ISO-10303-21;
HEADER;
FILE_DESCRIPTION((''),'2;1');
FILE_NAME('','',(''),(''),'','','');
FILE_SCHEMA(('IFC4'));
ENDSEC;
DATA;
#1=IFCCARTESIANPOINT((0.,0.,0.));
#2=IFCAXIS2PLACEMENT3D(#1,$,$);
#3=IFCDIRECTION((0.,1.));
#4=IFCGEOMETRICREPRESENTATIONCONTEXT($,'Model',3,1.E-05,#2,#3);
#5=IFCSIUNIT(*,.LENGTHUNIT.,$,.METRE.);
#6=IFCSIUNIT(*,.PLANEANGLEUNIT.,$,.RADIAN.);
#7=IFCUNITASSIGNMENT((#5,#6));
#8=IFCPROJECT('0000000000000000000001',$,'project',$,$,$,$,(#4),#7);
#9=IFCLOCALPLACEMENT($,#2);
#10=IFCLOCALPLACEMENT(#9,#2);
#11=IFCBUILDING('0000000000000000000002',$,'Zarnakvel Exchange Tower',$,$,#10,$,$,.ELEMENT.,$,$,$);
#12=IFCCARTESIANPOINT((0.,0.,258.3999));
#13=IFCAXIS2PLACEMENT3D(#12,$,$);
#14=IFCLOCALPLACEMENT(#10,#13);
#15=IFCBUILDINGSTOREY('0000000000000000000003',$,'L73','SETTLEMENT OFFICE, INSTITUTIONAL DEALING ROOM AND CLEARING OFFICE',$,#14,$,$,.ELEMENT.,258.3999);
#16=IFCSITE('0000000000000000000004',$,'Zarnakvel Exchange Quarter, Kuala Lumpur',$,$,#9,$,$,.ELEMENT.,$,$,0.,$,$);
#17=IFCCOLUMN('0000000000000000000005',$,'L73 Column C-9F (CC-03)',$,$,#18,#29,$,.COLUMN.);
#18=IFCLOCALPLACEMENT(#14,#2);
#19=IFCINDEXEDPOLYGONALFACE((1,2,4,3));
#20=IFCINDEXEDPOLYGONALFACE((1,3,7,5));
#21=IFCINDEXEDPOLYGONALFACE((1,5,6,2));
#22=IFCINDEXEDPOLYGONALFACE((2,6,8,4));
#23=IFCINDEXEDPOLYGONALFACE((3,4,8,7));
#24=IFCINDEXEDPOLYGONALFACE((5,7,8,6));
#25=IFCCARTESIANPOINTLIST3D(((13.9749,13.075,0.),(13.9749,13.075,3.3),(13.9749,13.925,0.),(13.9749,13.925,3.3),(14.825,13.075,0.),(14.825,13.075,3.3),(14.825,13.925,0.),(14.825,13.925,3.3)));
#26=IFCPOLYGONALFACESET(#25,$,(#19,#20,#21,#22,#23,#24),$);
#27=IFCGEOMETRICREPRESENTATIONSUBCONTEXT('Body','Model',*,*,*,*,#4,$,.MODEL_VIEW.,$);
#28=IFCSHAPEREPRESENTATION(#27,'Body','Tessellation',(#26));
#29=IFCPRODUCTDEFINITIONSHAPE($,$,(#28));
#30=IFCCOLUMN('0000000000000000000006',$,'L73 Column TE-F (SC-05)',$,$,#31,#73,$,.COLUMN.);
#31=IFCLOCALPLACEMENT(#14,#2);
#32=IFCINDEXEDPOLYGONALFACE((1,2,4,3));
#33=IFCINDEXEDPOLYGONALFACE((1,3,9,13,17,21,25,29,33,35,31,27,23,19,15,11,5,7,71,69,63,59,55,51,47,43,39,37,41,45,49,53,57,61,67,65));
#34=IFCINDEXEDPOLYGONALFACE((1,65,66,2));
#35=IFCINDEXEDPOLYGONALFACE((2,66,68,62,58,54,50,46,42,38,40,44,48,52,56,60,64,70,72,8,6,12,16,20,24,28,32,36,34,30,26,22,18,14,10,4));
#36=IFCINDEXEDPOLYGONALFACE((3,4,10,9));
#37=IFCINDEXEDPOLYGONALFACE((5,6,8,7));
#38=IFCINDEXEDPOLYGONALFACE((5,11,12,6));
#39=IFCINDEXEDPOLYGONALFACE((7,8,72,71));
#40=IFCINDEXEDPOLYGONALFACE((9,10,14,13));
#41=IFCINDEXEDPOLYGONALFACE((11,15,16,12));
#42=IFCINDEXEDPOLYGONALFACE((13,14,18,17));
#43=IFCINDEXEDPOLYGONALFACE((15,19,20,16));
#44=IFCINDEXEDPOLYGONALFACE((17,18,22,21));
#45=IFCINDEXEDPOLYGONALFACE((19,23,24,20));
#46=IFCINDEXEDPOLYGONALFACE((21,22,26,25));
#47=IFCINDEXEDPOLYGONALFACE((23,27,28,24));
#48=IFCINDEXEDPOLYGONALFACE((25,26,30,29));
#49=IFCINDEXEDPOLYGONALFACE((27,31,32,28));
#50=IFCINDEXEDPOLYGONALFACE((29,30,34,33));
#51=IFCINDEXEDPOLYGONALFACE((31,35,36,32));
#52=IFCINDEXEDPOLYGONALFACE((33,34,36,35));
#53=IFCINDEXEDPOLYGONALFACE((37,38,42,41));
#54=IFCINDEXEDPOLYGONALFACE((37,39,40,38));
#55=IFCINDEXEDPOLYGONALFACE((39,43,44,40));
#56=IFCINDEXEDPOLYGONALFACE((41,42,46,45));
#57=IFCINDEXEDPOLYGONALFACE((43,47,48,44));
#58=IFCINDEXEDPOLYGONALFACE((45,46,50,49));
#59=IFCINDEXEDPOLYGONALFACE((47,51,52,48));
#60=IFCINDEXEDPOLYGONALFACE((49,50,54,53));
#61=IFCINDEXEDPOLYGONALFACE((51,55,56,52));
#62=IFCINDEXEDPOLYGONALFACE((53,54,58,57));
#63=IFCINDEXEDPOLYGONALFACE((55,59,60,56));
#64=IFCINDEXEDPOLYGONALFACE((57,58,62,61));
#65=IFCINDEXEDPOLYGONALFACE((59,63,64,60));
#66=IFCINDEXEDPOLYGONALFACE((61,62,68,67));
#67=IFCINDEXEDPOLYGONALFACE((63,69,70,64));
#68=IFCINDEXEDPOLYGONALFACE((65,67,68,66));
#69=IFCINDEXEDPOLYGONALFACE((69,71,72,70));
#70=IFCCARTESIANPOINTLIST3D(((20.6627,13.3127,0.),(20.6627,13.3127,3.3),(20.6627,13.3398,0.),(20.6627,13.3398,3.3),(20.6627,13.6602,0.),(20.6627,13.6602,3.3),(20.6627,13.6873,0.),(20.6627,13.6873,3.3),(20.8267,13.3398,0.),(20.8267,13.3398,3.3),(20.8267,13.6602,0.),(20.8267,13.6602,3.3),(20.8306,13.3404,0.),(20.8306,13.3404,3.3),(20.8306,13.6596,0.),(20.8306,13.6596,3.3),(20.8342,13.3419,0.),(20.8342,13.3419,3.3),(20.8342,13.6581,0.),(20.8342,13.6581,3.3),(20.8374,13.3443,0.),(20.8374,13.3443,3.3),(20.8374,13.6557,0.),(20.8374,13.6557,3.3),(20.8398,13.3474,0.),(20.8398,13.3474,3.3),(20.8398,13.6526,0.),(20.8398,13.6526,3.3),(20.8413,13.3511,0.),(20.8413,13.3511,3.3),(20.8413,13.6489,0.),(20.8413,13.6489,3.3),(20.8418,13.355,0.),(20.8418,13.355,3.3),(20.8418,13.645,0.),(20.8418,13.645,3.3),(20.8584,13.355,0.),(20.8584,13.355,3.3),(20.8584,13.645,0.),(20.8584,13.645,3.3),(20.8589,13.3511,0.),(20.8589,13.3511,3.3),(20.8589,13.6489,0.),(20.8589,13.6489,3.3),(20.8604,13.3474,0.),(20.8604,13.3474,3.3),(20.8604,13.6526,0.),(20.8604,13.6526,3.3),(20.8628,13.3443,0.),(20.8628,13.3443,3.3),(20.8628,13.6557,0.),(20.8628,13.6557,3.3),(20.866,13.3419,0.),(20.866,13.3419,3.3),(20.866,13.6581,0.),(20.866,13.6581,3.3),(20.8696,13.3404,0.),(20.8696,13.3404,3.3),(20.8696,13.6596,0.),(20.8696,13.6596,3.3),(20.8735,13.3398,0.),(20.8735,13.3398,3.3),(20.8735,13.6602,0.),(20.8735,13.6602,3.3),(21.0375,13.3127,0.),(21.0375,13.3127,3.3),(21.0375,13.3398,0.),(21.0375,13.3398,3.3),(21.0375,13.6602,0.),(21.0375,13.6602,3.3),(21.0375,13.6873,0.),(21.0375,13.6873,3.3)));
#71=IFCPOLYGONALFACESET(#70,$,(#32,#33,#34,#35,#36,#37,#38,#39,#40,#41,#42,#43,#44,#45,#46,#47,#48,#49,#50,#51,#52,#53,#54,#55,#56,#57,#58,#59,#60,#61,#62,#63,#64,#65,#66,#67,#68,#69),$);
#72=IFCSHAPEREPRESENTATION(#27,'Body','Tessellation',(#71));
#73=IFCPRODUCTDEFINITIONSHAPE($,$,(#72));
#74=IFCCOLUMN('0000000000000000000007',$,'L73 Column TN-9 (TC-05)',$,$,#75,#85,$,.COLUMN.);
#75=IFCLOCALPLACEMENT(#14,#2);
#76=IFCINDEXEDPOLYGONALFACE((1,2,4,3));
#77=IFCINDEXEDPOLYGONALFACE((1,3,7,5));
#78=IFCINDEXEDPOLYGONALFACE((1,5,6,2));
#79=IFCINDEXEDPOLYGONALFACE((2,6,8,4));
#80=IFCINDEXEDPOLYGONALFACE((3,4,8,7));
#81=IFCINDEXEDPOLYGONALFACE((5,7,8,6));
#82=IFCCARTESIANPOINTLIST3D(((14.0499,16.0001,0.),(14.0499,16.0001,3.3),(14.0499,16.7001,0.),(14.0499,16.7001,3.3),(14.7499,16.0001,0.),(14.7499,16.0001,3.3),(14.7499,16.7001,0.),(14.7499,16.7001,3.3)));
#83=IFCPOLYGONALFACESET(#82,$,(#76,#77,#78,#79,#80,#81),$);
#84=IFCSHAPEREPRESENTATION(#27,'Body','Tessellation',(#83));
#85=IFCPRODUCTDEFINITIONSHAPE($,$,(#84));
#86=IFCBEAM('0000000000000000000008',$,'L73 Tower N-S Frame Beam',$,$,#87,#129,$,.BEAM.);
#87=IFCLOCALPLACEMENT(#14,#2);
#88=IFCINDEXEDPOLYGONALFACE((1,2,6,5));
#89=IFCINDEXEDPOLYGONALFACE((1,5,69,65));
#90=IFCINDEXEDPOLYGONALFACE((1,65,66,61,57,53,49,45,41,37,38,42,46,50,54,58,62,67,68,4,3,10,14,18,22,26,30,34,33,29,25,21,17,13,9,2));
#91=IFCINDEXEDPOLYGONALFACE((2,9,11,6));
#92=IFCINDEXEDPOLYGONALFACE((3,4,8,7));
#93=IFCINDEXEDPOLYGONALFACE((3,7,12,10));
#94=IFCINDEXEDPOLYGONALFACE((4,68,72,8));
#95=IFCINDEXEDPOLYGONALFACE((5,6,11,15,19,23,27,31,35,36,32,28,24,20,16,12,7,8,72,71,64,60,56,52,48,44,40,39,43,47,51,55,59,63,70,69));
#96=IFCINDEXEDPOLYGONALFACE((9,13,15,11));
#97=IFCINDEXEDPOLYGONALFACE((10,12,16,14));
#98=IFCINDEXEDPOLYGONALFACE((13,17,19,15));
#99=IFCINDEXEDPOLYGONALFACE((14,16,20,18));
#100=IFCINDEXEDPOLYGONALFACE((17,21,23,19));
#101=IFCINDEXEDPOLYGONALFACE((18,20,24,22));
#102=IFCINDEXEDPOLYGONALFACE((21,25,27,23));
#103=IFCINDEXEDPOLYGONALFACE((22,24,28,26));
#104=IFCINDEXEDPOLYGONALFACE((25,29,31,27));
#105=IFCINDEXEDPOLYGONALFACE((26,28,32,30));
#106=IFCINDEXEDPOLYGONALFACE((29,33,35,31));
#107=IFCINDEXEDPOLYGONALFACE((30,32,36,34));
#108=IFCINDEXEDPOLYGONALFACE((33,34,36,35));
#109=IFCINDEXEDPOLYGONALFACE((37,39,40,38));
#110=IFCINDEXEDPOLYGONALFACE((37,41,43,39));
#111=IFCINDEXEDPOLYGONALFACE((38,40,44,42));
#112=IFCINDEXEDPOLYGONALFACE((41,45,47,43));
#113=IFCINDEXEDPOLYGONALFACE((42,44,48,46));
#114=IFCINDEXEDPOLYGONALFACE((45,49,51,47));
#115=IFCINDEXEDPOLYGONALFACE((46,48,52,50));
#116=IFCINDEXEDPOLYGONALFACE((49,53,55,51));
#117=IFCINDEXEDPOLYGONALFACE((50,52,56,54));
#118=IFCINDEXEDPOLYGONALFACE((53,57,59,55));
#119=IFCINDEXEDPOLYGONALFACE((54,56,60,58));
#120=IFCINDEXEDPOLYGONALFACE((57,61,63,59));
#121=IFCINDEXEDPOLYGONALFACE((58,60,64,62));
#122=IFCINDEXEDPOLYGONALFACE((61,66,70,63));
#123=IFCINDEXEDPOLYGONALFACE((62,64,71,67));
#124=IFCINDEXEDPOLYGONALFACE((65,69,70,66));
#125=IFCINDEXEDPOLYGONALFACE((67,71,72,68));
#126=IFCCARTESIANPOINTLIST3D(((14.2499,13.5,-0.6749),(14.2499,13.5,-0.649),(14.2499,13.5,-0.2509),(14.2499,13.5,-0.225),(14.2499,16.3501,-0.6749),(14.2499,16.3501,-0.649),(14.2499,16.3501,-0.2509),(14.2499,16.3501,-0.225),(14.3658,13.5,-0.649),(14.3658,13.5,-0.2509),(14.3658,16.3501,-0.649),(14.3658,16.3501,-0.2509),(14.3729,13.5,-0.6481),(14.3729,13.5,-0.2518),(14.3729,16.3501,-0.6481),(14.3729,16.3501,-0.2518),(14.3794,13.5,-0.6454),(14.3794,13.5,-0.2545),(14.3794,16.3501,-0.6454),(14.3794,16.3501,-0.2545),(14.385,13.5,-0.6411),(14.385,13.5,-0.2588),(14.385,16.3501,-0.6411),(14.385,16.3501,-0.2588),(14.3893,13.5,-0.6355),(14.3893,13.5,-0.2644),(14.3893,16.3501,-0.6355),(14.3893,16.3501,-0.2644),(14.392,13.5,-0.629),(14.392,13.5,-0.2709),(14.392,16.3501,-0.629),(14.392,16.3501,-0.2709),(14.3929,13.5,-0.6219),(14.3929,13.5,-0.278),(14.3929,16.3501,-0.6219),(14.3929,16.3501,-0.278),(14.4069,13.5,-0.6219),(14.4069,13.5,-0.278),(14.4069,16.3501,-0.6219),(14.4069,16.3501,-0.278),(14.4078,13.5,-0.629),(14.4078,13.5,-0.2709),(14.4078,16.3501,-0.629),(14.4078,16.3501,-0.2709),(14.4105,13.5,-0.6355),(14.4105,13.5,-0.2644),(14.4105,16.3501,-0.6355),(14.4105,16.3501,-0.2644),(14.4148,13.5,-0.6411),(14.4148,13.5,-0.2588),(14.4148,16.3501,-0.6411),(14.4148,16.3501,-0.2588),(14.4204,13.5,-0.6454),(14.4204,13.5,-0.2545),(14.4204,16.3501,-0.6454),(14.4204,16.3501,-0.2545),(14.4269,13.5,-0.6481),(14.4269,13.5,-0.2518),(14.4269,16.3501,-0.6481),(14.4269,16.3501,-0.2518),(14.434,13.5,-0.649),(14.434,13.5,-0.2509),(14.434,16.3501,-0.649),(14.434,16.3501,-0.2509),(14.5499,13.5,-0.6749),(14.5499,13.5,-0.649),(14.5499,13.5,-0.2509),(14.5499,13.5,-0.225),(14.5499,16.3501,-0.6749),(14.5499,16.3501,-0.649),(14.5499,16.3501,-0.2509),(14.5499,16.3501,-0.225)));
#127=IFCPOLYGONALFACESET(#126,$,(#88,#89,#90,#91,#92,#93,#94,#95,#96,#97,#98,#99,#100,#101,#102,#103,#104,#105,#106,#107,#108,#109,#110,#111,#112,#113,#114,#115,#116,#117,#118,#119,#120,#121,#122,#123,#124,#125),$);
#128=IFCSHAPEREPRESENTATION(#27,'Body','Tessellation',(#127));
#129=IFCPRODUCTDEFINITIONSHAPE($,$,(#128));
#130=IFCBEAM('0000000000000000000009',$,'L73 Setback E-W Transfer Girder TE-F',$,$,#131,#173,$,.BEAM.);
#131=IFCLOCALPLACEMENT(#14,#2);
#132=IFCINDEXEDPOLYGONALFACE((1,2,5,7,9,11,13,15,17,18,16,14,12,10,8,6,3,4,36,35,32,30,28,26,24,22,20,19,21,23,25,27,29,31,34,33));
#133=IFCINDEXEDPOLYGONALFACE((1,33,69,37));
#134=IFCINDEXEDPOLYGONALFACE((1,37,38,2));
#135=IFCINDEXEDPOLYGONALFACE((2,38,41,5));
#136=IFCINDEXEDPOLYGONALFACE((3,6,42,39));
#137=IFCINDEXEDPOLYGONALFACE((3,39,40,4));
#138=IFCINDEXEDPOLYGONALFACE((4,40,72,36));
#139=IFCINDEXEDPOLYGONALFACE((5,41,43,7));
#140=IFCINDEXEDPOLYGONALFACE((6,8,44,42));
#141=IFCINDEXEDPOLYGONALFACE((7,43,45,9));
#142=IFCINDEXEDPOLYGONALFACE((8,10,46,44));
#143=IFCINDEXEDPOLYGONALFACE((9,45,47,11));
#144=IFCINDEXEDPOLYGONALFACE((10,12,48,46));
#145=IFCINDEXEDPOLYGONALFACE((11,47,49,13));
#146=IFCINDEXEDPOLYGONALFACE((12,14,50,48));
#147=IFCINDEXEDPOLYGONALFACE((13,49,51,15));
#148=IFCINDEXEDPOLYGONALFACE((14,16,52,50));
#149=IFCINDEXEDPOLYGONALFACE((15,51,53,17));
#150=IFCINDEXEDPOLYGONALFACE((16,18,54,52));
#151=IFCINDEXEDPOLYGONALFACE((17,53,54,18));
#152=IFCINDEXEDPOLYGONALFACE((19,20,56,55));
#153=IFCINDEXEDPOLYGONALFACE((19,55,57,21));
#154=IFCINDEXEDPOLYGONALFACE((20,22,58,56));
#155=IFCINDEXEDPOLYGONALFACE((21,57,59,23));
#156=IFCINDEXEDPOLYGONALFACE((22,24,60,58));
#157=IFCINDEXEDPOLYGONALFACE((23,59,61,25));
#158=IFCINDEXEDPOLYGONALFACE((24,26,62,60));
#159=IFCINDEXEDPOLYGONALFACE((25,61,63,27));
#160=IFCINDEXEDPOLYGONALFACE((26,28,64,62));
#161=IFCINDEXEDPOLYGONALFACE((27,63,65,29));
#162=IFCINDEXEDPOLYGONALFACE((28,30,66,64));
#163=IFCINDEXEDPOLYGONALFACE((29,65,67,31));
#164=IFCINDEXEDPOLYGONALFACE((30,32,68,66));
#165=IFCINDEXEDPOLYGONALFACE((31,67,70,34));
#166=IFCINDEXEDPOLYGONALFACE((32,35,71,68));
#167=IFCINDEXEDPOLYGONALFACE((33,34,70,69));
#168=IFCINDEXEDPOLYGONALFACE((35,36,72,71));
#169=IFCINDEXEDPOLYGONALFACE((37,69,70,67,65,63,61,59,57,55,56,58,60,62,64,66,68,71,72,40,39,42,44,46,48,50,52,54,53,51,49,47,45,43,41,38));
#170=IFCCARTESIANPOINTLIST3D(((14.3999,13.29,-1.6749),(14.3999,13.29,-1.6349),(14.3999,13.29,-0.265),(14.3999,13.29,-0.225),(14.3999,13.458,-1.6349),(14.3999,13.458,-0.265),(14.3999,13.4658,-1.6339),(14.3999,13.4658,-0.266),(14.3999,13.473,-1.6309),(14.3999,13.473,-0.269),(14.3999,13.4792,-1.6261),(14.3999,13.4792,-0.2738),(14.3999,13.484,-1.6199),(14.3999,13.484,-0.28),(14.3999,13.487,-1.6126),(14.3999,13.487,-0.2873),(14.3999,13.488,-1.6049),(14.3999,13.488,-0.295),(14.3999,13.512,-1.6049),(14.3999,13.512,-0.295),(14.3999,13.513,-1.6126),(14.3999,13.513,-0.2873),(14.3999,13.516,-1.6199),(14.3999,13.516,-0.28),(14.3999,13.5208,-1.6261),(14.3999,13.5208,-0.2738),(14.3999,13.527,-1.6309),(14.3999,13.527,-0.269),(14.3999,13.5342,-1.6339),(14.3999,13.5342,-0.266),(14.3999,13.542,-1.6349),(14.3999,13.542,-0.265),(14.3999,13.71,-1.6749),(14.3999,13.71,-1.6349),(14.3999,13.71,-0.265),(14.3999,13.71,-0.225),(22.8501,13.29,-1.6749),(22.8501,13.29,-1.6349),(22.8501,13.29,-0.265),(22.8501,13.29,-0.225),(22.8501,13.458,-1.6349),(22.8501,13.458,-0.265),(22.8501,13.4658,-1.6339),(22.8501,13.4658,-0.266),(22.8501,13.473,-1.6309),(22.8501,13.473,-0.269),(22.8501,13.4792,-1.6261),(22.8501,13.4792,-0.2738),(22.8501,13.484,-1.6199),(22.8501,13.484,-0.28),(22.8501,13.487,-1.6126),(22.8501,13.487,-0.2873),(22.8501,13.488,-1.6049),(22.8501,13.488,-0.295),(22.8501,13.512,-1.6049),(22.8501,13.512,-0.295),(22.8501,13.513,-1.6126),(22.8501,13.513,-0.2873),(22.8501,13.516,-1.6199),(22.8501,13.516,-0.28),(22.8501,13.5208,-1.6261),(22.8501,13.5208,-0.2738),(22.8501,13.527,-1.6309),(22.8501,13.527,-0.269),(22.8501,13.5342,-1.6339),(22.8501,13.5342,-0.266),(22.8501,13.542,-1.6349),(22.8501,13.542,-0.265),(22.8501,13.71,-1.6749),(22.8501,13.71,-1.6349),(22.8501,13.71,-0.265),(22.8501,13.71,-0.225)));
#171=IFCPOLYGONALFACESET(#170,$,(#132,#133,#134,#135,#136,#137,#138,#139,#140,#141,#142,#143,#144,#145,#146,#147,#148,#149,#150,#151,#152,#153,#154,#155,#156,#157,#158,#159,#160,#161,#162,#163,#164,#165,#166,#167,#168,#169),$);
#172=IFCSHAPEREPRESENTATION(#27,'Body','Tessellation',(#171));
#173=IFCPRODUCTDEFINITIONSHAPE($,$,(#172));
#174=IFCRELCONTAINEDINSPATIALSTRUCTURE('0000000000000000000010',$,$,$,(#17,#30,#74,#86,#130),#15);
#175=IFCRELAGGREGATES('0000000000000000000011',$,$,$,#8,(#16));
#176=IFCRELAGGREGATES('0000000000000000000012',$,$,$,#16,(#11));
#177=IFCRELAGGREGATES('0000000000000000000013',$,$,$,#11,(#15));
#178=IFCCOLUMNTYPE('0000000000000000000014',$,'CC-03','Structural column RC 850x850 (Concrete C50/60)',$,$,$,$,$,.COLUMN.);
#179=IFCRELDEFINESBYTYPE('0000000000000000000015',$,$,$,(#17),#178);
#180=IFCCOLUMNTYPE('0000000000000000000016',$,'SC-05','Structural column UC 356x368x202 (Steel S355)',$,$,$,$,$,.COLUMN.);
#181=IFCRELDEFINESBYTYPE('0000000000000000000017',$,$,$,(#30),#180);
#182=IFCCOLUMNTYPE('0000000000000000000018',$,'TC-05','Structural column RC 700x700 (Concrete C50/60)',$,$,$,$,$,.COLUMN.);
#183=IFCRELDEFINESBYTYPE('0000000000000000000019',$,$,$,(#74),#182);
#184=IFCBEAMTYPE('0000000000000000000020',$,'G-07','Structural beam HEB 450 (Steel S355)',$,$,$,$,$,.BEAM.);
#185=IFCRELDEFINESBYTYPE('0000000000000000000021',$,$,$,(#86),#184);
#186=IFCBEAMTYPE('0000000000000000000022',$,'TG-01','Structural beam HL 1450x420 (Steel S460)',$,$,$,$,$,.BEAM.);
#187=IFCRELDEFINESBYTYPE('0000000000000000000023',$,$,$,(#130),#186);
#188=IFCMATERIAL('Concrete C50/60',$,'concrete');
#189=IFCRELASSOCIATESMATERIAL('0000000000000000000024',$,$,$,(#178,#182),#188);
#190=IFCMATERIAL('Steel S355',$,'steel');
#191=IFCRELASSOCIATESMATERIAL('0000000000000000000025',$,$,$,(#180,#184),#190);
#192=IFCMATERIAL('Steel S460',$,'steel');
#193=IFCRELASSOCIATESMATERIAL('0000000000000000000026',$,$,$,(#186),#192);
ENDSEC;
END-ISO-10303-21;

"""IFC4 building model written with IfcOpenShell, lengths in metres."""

from ifc_helpers import new_model, si_unit, direction, frame, origin, origin_2d, place, context, subcontext, project, spatial, rectangle, i_section, extrude, material, material_profile, profile_set, type_object, element, save


model = new_model("IFC4")

# Units and contexts
model_context = context("Model", 3, precision=1e-05, world=origin(), true_north=direction((0.0, 1.0)))
body_context = subcontext(model_context, "Body", "Model", "MODEL_VIEW")
ifc_project = project(units=[si_unit("LENGTHUNIT", "METRE"), si_unit("PLANEANGLEUNIT", "RADIAN")], contexts=[model_context])

# Site, building, storey
site_placement = place(None, origin())
site = spatial("IfcSite", under=ifc_project, at=site_placement, Name="Zarnakvel Exchange Quarter, Kuala Lumpur", CompositionType="ELEMENT", RefElevation=0.0)
building_placement = place(site_placement, origin())
building = spatial("IfcBuilding", under=site, at=building_placement, Name="Zarnakvel Exchange Tower", CompositionType="ELEMENT")
storey_placement = place(building_placement, frame((0.0, 0.0, 258.3999)))
storey = spatial("IfcBuildingStorey", under=building, at=storey_placement, Name="L73", Description="SETTLEMENT OFFICE, INSTITUTIONAL DEALING ROOM AND CLEARING OFFICE", CompositionType="ELEMENT", Elevation=258.3999)

# Columns
ifc_material_1 = material(Name="Concrete C50/60", Category="concrete")
ifc_material_profile_1 = material_profile(ifc_material_1, rectangle(XDim=0.8501, YDim=0.8501, at=origin_2d()))
ifc_profile_set_1 = profile_set([ifc_material_profile_1], Name="Concrete C50/60")
column_type_1 = type_object("IfcColumnType", Name="CC-03", Description="Structural column RC 850x850 (Concrete C50/60)", PredefinedType="COLUMN", material=ifc_profile_set_1)
column_1_placement = place(storey_placement, frame((14.3999, 13.5, 0.0), z_axis=(0.0, 0.0, 1.0), x_axis=(1.0, 0.0, 0.0)))
element("IfcColumn", 1, at=column_1_placement, inside=storey, type_object=column_type_1, Name="L73 Column C-9F (CC-03)", PredefinedType="COLUMN", context=body_context, shape_type="SweptSolid", body=[
    extrude(rectangle(XDim=0.8501, YDim=0.8501, at=origin_2d()), origin(), (0.0, 0.0, 1.0), 3.3),
])
ifc_material_2 = material(Name="Steel S355", Category="steel")
ifc_material_profile_2 = material_profile(ifc_material_2, i_section(OverallWidth=0.3748, OverallDepth=0.3745, WebThickness=0.0166, FlangeThickness=0.0271, FilletRadius=0.0151, at=origin_2d()))
ifc_profile_set_2 = profile_set([ifc_material_profile_2], Name="Steel S355")
column_type_2 = type_object("IfcColumnType", Name="SC-05", Description="Structural column UC 356x368x202 (Steel S355)", PredefinedType="COLUMN", material=ifc_profile_set_2)
column_2_placement = place(storey_placement, frame((20.8501, 13.5, 0.0), z_axis=(0.0, 0.0, 1.0), x_axis=(1.0, 0.0, 0.0)))
element("IfcColumn", 2, at=column_2_placement, inside=storey, type_object=column_type_2, Name="L73 Column TE-F (SC-05)", PredefinedType="COLUMN", context=body_context, shape_type="SweptSolid", body=[
    extrude(i_section(OverallWidth=0.3748, OverallDepth=0.3745, WebThickness=0.0166, FlangeThickness=0.0271, FilletRadius=0.0151, at=origin_2d()), origin(), (0.0, 0.0, 1.0), 3.3),
])
ifc_material_profile_3 = material_profile(ifc_material_1, rectangle(XDim=0.7, YDim=0.7, at=origin_2d()))
ifc_profile_set_3 = profile_set([ifc_material_profile_3], Name="Concrete C50/60")
column_type_3 = type_object("IfcColumnType", Name="TC-05", Description="Structural column RC 700x700 (Concrete C50/60)", PredefinedType="COLUMN", material=ifc_profile_set_3)
column_3_placement = place(storey_placement, frame((14.3999, 16.3501, 0.0), z_axis=(0.0, 0.0, 1.0), x_axis=(1.0, 0.0, 0.0)))
element("IfcColumn", 3, at=column_3_placement, inside=storey, type_object=column_type_3, Name="L73 Column TN-9 (TC-05)", PredefinedType="COLUMN", context=body_context, shape_type="SweptSolid", body=[
    extrude(rectangle(XDim=0.7, YDim=0.7, at=origin_2d()), origin(), (0.0, 0.0, 1.0), 3.3),
])

# Beams
ifc_material_profile_4 = material_profile(ifc_material_2, i_section(OverallWidth=0.3, OverallDepth=0.45, WebThickness=0.0139, FlangeThickness=0.0259, FilletRadius=0.0271, at=origin_2d()))
ifc_profile_set_4 = profile_set([ifc_material_profile_4], Name="Steel S355")
beam_type_1 = type_object("IfcBeamType", Name="G-07", Description="Structural beam HEB 450 (Steel S355)", PredefinedType="BEAM", material=ifc_profile_set_4)
beam_1_placement = place(storey_placement, frame((14.3999, 13.5, -0.45), z_axis=(0.0, 1.0, 0.0), x_axis=(-1.0, 0.0, 0.0)))
element("IfcBeam", 4, at=beam_1_placement, inside=storey, type_object=beam_type_1, Name="L73 Tower N-S Frame Beam", PredefinedType="BEAM", context=body_context, shape_type="SweptSolid", body=[
    extrude(i_section(OverallWidth=0.3, OverallDepth=0.45, WebThickness=0.0139, FlangeThickness=0.0259, FilletRadius=0.0271, at=origin_2d()), origin(), (0.0, 0.0, 1.0), 2.8501),
])
ifc_material_3 = material(Name="Steel S460", Category="steel")
ifc_material_profile_5 = material_profile(ifc_material_3, i_section(OverallWidth=0.4199, OverallDepth=1.45, WebThickness=0.0239, FlangeThickness=0.04, FilletRadius=0.03, at=origin_2d()))
ifc_profile_set_5 = profile_set([ifc_material_profile_5], Name="Steel S460")
beam_type_2 = type_object("IfcBeamType", Name="TG-01", Description="Structural beam HL 1450x420 (Steel S460)", PredefinedType="BEAM", material=ifc_profile_set_5)
beam_2_placement = place(storey_placement, frame((14.3999, 13.5, -0.95), z_axis=(1.0, 0.0, 0.0), x_axis=(0.0, 1.0, 0.0)))
element("IfcBeam", 5, at=beam_2_placement, inside=storey, type_object=beam_type_2, Name="L73 Setback E-W Transfer Girder TE-F", PredefinedType="BEAM", context=body_context, shape_type="SweptSolid", body=[
    extrude(i_section(OverallWidth=0.4199, OverallDepth=1.45, WebThickness=0.0239, FlangeThickness=0.04, FilletRadius=0.03, at=origin_2d()), origin(), (0.0, 0.0, 1.0), 8.4502),
])

save(model, "model.ifc")
